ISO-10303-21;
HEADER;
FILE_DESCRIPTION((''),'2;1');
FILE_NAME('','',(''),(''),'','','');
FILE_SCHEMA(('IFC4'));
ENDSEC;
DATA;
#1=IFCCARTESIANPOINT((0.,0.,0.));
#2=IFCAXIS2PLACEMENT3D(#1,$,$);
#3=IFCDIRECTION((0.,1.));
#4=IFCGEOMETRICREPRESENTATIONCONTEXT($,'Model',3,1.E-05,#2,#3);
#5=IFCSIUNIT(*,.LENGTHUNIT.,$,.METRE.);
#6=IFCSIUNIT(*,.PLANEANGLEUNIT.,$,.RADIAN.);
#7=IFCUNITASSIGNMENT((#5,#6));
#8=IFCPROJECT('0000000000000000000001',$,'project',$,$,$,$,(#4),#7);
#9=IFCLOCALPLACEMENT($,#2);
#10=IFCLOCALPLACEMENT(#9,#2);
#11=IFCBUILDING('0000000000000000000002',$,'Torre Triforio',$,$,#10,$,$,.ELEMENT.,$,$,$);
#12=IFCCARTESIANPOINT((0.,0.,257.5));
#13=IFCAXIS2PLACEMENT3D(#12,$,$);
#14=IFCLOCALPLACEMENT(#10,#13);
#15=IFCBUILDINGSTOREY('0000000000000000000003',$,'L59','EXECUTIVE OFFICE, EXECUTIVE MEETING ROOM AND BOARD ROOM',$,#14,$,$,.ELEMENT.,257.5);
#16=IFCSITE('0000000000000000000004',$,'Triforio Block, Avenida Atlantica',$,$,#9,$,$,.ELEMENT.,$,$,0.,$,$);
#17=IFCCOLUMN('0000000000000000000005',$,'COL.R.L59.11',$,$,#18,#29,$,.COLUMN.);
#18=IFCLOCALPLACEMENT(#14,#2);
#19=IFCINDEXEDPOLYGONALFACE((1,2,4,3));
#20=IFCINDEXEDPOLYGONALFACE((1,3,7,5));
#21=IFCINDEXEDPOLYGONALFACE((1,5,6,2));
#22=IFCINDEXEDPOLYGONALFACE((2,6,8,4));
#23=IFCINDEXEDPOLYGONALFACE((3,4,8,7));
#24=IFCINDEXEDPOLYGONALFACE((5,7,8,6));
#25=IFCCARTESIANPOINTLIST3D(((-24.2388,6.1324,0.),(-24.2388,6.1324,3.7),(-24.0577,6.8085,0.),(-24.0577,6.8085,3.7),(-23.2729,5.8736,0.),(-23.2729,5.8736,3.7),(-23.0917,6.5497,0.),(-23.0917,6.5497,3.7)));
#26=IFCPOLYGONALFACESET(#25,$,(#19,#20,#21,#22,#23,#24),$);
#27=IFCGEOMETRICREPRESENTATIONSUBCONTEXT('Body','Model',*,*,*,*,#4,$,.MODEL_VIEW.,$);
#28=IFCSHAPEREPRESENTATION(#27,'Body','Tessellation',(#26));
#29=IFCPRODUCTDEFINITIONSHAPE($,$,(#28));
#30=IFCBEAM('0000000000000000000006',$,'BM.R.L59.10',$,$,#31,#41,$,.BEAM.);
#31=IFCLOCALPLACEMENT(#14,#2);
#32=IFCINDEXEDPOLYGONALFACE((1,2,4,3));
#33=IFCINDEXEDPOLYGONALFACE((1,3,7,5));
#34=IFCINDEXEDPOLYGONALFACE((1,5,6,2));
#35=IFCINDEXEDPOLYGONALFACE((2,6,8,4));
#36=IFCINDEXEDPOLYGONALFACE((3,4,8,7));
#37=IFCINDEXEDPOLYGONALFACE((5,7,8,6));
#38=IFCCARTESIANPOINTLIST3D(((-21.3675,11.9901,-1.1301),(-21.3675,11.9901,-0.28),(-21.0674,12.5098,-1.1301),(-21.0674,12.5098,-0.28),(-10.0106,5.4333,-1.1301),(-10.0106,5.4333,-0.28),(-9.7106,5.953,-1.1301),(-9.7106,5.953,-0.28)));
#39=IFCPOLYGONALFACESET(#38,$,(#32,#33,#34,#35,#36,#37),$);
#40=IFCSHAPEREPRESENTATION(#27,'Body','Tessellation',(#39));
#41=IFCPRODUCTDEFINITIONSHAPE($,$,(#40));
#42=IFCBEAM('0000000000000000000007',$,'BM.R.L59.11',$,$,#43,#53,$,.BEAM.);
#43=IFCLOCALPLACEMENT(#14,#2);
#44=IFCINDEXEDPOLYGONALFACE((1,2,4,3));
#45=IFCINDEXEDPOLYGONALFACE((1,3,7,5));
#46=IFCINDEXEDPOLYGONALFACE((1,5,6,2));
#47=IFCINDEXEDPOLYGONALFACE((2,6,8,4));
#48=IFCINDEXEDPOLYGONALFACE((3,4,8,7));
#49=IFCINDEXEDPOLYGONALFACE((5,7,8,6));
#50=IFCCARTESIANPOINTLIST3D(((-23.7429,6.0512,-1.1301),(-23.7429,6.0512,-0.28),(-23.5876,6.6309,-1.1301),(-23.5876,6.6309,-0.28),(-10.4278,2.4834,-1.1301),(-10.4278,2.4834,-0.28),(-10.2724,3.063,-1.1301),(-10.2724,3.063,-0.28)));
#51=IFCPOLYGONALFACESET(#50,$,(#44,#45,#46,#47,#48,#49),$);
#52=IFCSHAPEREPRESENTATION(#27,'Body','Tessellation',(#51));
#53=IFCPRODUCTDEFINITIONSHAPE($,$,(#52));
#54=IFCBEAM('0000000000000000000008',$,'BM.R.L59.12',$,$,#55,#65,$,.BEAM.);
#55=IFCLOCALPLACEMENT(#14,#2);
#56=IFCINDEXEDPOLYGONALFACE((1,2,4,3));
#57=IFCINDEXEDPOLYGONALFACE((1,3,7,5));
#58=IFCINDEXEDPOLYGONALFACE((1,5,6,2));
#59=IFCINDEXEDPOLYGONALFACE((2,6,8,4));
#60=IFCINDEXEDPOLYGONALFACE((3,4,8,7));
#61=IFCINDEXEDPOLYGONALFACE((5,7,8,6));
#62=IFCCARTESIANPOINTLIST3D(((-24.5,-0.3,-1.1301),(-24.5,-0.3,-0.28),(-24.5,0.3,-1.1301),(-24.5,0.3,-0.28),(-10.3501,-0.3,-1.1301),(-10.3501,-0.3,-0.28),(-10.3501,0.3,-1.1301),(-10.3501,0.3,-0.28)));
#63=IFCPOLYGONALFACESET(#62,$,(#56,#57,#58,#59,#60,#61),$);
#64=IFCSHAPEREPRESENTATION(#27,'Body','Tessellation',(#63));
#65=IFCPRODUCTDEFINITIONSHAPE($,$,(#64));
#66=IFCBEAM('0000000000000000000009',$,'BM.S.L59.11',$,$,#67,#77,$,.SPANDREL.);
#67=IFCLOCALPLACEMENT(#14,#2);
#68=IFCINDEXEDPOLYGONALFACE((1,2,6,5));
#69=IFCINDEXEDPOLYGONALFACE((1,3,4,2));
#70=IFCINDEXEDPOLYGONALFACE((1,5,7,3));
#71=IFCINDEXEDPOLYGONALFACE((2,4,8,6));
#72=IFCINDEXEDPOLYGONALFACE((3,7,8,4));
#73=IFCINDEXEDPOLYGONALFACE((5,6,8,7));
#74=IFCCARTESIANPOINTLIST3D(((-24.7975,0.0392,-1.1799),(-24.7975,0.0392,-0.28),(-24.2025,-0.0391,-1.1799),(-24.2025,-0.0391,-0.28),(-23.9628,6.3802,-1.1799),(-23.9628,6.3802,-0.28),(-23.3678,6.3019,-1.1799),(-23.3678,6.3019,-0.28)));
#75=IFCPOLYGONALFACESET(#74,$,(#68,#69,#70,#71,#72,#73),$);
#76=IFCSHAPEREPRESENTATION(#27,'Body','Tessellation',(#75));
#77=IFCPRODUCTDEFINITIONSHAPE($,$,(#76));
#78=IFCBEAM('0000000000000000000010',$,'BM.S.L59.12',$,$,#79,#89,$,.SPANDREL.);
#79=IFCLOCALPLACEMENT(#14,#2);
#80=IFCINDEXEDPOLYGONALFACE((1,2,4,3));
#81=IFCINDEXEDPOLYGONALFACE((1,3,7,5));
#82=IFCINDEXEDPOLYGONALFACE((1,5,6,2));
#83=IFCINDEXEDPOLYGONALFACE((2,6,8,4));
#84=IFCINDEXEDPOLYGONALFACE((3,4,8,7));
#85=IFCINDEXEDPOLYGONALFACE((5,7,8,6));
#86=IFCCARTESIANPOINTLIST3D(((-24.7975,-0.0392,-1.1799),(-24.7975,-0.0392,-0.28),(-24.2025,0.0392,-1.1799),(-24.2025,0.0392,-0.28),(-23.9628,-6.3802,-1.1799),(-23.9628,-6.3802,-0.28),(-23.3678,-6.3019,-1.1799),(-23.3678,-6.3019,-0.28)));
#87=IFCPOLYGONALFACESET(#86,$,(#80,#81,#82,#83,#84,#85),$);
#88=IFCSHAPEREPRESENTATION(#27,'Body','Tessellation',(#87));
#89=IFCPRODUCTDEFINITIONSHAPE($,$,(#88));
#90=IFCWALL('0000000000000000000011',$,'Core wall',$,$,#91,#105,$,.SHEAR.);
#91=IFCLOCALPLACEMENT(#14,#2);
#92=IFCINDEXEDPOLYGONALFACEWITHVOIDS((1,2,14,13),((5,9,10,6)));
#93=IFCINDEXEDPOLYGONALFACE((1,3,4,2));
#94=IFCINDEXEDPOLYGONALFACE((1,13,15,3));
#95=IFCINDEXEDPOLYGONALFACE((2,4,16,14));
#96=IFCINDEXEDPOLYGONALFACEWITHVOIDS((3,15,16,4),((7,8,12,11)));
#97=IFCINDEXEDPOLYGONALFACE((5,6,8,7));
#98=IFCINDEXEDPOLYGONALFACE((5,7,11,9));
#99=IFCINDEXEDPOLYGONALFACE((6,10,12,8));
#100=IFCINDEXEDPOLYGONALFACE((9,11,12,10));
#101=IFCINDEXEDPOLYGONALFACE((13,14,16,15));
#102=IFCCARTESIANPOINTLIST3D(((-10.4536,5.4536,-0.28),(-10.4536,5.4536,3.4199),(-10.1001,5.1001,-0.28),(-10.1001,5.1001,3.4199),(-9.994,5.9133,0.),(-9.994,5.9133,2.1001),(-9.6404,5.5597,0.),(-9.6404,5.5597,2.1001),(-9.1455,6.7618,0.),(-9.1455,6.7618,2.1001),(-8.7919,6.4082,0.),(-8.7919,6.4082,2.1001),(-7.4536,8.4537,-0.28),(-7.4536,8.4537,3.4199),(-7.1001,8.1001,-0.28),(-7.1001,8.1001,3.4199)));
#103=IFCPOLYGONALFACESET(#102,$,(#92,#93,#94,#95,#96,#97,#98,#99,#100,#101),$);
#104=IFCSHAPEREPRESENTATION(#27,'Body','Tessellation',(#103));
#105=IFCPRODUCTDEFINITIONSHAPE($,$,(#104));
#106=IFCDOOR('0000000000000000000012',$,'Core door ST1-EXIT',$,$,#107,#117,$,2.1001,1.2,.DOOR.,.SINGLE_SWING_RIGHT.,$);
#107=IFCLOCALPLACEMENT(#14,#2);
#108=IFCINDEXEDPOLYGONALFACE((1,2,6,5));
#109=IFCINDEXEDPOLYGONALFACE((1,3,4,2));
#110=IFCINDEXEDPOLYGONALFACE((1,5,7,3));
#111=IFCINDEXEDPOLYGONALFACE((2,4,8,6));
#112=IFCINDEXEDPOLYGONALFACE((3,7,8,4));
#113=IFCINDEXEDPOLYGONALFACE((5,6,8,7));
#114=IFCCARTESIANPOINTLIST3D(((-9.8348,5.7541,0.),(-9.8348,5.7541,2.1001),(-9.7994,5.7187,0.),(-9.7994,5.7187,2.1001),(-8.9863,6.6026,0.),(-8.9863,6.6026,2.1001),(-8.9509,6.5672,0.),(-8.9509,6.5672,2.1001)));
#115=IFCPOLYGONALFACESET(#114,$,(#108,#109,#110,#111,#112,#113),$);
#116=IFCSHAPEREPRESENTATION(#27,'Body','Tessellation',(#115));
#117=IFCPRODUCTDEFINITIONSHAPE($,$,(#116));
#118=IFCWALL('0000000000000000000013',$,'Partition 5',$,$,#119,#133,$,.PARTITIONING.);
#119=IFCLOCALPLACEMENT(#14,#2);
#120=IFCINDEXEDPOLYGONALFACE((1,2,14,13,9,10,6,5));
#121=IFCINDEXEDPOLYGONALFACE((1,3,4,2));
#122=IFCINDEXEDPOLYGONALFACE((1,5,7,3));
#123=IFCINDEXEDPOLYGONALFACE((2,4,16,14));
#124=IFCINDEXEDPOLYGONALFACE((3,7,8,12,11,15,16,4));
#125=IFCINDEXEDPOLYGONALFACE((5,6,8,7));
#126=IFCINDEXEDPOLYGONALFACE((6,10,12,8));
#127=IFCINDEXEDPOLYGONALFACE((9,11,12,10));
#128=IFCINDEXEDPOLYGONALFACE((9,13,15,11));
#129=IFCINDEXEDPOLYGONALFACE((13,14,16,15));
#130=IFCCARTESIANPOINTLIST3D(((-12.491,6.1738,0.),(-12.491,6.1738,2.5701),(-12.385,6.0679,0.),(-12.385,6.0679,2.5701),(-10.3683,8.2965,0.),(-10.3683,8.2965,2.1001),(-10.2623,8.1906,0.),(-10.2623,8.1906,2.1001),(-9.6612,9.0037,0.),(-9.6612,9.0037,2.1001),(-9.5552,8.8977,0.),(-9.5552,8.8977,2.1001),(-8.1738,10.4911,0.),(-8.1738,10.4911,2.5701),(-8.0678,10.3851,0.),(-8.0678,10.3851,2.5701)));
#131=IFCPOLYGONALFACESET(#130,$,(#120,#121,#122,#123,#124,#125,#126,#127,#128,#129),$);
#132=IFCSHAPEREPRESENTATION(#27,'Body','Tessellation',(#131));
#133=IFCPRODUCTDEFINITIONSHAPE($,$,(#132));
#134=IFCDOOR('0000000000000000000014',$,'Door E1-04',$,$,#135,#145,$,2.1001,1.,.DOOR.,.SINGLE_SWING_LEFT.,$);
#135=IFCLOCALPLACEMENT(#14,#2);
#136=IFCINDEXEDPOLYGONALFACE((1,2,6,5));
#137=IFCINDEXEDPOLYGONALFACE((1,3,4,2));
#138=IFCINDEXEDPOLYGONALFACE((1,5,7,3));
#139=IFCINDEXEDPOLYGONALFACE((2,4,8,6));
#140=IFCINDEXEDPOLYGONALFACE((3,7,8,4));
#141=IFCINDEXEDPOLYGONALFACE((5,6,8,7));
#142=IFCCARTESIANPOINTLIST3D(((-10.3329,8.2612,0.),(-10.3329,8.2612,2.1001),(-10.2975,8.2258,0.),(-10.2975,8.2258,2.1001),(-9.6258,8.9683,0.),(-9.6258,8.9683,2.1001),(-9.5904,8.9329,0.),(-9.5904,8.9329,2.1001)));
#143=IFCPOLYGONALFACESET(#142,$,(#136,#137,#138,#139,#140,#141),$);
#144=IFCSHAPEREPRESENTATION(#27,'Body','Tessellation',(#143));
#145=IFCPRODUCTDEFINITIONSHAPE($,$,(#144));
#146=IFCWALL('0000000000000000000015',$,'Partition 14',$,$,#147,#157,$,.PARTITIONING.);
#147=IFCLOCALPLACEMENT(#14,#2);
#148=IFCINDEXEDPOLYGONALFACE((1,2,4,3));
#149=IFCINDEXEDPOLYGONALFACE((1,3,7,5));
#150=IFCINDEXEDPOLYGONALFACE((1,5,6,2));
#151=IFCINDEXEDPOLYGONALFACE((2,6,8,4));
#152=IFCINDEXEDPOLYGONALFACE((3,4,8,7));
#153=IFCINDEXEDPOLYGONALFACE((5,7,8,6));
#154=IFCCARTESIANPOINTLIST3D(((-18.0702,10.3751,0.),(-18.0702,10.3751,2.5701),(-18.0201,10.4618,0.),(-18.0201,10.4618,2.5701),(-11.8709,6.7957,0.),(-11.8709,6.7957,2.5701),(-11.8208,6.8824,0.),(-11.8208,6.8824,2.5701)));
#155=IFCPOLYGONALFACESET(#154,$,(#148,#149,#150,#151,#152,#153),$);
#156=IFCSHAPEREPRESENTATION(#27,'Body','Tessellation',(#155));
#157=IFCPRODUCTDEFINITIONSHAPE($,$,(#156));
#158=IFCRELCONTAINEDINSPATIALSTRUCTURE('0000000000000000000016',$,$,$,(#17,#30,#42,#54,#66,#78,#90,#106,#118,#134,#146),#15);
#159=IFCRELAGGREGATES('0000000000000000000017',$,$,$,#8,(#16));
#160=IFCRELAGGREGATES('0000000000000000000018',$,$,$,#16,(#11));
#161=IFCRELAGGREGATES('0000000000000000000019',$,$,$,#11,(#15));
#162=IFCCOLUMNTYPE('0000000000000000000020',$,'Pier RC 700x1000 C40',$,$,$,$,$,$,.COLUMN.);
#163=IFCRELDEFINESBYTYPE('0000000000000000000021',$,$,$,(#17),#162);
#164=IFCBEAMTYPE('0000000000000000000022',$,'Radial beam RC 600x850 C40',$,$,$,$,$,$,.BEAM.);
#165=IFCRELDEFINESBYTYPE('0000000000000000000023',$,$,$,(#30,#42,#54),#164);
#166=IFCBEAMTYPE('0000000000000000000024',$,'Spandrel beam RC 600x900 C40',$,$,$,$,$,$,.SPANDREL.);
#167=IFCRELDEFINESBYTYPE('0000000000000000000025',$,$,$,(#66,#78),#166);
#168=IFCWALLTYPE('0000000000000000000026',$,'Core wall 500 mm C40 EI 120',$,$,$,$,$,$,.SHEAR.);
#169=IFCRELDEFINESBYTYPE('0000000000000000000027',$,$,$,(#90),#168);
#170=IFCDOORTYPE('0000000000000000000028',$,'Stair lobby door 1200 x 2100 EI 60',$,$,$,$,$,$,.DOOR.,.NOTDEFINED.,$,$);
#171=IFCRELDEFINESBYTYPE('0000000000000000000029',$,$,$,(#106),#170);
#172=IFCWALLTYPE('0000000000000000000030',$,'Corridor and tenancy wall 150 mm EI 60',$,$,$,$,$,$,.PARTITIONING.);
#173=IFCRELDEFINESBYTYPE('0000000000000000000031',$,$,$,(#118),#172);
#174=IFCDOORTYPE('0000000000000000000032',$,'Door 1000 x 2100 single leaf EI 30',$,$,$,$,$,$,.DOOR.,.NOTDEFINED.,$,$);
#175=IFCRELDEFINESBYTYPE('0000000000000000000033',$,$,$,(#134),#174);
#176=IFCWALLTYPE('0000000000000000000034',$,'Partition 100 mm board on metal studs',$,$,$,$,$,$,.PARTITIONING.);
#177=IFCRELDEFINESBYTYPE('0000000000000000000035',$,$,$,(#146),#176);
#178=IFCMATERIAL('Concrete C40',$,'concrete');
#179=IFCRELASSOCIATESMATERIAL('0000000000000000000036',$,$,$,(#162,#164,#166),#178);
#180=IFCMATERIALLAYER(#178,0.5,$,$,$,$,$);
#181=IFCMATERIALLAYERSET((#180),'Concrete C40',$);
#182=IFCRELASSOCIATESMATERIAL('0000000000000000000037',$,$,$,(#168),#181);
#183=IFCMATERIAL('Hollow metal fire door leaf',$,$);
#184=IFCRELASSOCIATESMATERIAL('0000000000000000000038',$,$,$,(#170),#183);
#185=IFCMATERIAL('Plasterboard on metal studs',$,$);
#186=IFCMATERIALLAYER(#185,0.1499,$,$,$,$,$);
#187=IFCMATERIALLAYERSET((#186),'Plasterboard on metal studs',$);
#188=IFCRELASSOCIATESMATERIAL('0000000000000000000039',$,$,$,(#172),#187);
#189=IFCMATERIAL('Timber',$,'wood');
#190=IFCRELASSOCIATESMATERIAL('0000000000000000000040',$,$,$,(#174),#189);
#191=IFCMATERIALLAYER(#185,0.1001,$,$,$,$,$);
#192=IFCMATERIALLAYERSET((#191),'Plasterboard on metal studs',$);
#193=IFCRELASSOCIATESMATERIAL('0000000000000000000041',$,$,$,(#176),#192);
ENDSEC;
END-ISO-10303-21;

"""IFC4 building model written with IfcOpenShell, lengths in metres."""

from ifc_helpers import new_model, si_unit, direction, frame, frame_2d, origin, origin_2d, place, context, subcontext, project, spatial, rectangle, extrude, material, layer, layer_set, material_profile, profile_set, type_object, element, fill, save


model = new_model("IFC4")

# Units and contexts
model_context = context("Model", 3, precision=1e-05, world=origin(), true_north=direction((0.0, 1.0)))
body_context = subcontext(model_context, "Body", "Model", "MODEL_VIEW")
ifc_project = project(units=[si_unit("LENGTHUNIT", "METRE"), si_unit("PLANEANGLEUNIT", "RADIAN")], contexts=[model_context])

# Site, building, storey
site_placement = place(None, origin())
site = spatial("IfcSite", under=ifc_project, at=site_placement, Name="Triforio Block, Avenida Atlantica", CompositionType="ELEMENT", RefElevation=0.0)
building_placement = place(site_placement, origin())
building = spatial("IfcBuilding", under=site, at=building_placement, Name="Torre Triforio", CompositionType="ELEMENT")
storey_placement = place(building_placement, frame((0.0, 0.0, 257.5)))
storey = spatial("IfcBuildingStorey", under=building, at=storey_placement, Name="L59", Description="EXECUTIVE OFFICE, EXECUTIVE MEETING ROOM AND BOARD ROOM", CompositionType="ELEMENT", Elevation=257.5)

# Column
ifc_material_1 = material(Name="Concrete C40", Category="concrete")
ifc_material_profile_1 = material_profile(ifc_material_1, rectangle(XDim=0.7, YDim=1.0, at=origin_2d()), Name="RC 700x1000")
ifc_profile_set_1 = profile_set([ifc_material_profile_1], Name="Concrete C40")
column_type = type_object("IfcColumnType", Name="Pier RC 700x1000 C40", PredefinedType="COLUMN", material=ifc_profile_set_1)
column_placement = place(storey_placement, frame((-23.6653, 6.3411, 0.0), z_axis=(0.0, 0.0, 1.0), x_axis=(-0.258819, -0.965926, 0.0)))
element("IfcColumn", 1, at=column_placement, inside=storey, type_object=column_type, Name="COL.R.L59.11", PredefinedType="COLUMN", context=body_context, shape_type="SweptSolid", body=[
    extrude(rectangle(XDim=0.7, YDim=1.0, at=origin_2d()), origin(), (0.0, 0.0, 1.0), 3.7),
])

# Beams
ifc_material_profile_2 = material_profile(ifc_material_1, rectangle(XDim=0.6001, YDim=0.8501, at=origin_2d()), Name="RC 600x850")
ifc_profile_set_2 = profile_set([ifc_material_profile_2], Name="Concrete C40")
beam_type_1 = type_object("IfcBeamType", Name="Radial beam RC 600x850 C40", PredefinedType="BEAM", material=ifc_profile_set_2)
beam_1_placement = place(storey_placement, frame((-9.8606, 5.6931, -0.7051), z_axis=(-0.866027, 0.499997, 0.0), x_axis=(-0.499997, -0.866027, 0.0)))
element("IfcBeam", 2, at=beam_1_placement, inside=storey, type_object=beam_type_1, Name="BM.R.L59.10", PredefinedType="BEAM", context=body_context, shape_type="SweptSolid", body=[
    extrude(rectangle(XDim=0.6001, YDim=0.8501, at=origin_2d()), origin(), (0.0, 0.0, 1.0), 13.1138),
])
beam_2_placement = place(storey_placement, frame((-10.3501, 2.7732, -0.7051), z_axis=(-0.965924, 0.258824, 0.0), x_axis=(-0.258824, -0.965924, 0.0)))
element("IfcBeam", 3, at=beam_2_placement, inside=storey, type_object=beam_type_1, Name="BM.R.L59.11", PredefinedType="BEAM", context=body_context, shape_type="SweptSolid", body=[
    extrude(rectangle(XDim=0.6001, YDim=0.8501, at=origin_2d()), origin(), (0.0, 0.0, 1.0), 13.7849),
])
beam_3_placement = place(storey_placement, frame((-10.3501, 0.0, -0.7051), z_axis=(-1.0, 0.0, 0.0), x_axis=(0.0, -1.0, 0.0)))
element("IfcBeam", 4, at=beam_3_placement, inside=storey, type_object=beam_type_1, Name="BM.R.L59.12", PredefinedType="BEAM", context=body_context, shape_type="SweptSolid", body=[
    extrude(rectangle(XDim=0.6001, YDim=0.8501, at=origin_2d()), origin(), (0.0, 0.0, 1.0), 14.1499),
])
ifc_material_profile_3 = material_profile(ifc_material_1, rectangle(XDim=0.6001, YDim=0.8999, at=origin_2d()), Name="RC 600x900")
ifc_profile_set_3 = profile_set([ifc_material_profile_3], Name="Concrete C40")
beam_type_2 = type_object("IfcBeamType", Name="Spandrel beam RC 600x900 C40", PredefinedType="SPANDREL", material=ifc_profile_set_3)
for number, where, z_axis, x_axis, name in (
    (5, (-23.6653, 6.3411, -0.73), (-0.130511, -0.991447, 0.0), (0.991447, -0.130511, 0.0), "BM.S.L59.11"),
    (6, (-24.5, 0.0, -0.73), (0.130511, -0.991447, 0.0), (0.991447, 0.130511, 0.0), "BM.S.L59.12"),
):
    element("IfcBeam", number, at=place(storey_placement, frame(where, z_axis=z_axis, x_axis=x_axis)), inside=storey, type_object=beam_type_2, Name=name, PredefinedType="SPANDREL", context=body_context, shape_type="SweptSolid", body=[
        extrude(rectangle(XDim=0.6001, YDim=0.8999, at=origin_2d()), origin(), (0.0, 0.0, 1.0), 6.3958),
    ])

# Walls, openings, doors
ifc_layer_1 = layer(ifc_material_1, 0.5)
ifc_layer_set_1 = layer_set([ifc_layer_1], Name="Concrete C40")
wall_type_1 = type_object("IfcWallType", Name="Core wall 500 mm C40 EI 120", PredefinedType="SHEAR", material=ifc_layer_set_1)
wall_1_placement = place(storey_placement, frame((-10.2769, 5.2769, -0.28), z_axis=(0.0, 0.0, 1.0), x_axis=(0.707107, 0.707107, 0.0)))
wall_1 = element("IfcWall", 7, at=wall_1_placement, inside=storey, type_object=wall_type_1, Name="Core wall", PredefinedType="SHEAR", context=body_context, shape_type="SweptSolid", body=[
    extrude(rectangle(XDim=4.2427, YDim=0.5, at=frame_2d((2.1213, 0.0))), origin(), (0.0, 0.0, 1.0), 3.7),
])
opening_1_placement = place(wall_1_placement, frame((0.6499, 0.0, 0.28)))
opening_1 = element("IfcOpeningElement", 8, at=opening_1_placement, cuts=wall_1, PredefinedType="OPENING", context=body_context, shape_type="SweptSolid", body=[
    extrude(rectangle(XDim=1.2, YDim=2.1001, at=frame_2d((0.6001, 1.05))), frame((0.0, 0.26, 0.0), z_axis=(0.0, -1.0, 0.0), x_axis=(1.0, 0.0, 0.0)), (0.0, 0.0, 1.0), 0.52),
])
ifc_material_2 = material(Name="Hollow metal fire door leaf")
door_type_1 = type_object("IfcDoorType", Name="Stair lobby door 1200 x 2100 EI 60", OperationType="NOTDEFINED", PredefinedType="DOOR", material=ifc_material_2)
door_1_placement = place(opening_1_placement, origin())
door_1 = element("IfcDoor", 9, at=door_1_placement, inside=storey, type_object=door_type_1, Name="Core door ST1-EXIT", OperationType="SINGLE_SWING_RIGHT", OverallHeight=2.1001, OverallWidth=1.2, PredefinedType="DOOR", context=body_context, shape_type="SweptSolid", body=[
    extrude(rectangle(XDim=1.2, YDim=2.1001, at=frame_2d((0.6001, 1.05))), frame((0.0, 0.0249, 0.0), z_axis=(0.0, -1.0, 0.0), x_axis=(1.0, 0.0, 0.0)), (0.0, 0.0, 1.0), 0.05),
])
fill(opening_1, door_1)
ifc_material_3 = material(Name="Plasterboard on metal studs")
ifc_layer_2 = layer(ifc_material_3, 0.1499)
ifc_layer_set_2 = layer_set([ifc_layer_2], Name="Plasterboard on metal studs")
wall_type_2 = type_object("IfcWallType", Name="Corridor and tenancy wall 150 mm EI 60", PredefinedType="PARTITIONING", material=ifc_layer_set_2)
wall_2_placement = place(storey_placement, frame((-12.438, 6.1208, 0.0), z_axis=(0.0, 0.0, 1.0), x_axis=(0.707107, 0.707107, 0.0)))
wall_2 = element("IfcWall", 10, at=wall_2_placement, inside=storey, type_object=wall_type_2, Name="Partition 5", PredefinedType="PARTITIONING", context=body_context, shape_type="SweptSolid", body=[
    extrude(rectangle(XDim=6.1055, YDim=0.1499, at=frame_2d((3.0527, 0.0))), origin(), (0.0, 0.0, 1.0), 2.5701),
])
opening_2_placement = place(wall_2_placement, frame((3.002, 0.0, 0.0)))
opening_2 = element("IfcOpeningElement", 11, at=opening_2_placement, cuts=wall_2, PredefinedType="OPENING", context=body_context, shape_type="SweptSolid", body=[
    extrude(rectangle(XDim=1.0, YDim=2.1001, at=frame_2d((0.5, 1.05))), frame((0.0, 0.085, 0.0), z_axis=(0.0, -1.0, 0.0), x_axis=(1.0, 0.0, 0.0)), (0.0, 0.0, 1.0), 0.1699),
])
ifc_material_4 = material(Name="Timber", Category="wood")
door_type_2 = type_object("IfcDoorType", Name="Door 1000 x 2100 single leaf EI 30", OperationType="NOTDEFINED", PredefinedType="DOOR", material=ifc_material_4)
door_2_placement = place(opening_2_placement, origin())
door_2 = element("IfcDoor", 12, at=door_2_placement, inside=storey, type_object=door_type_2, Name="Door E1-04", OperationType="SINGLE_SWING_LEFT", OverallHeight=2.1001, OverallWidth=1.0, PredefinedType="DOOR", context=body_context, shape_type="SweptSolid", body=[
    extrude(rectangle(XDim=1.0, YDim=2.1001, at=frame_2d((0.5, 1.05))), frame((0.0, 0.0249, 0.0), z_axis=(0.0, -1.0, 0.0), x_axis=(1.0, 0.0, 0.0)), (0.0, 0.0, 1.0), 0.05),
])
fill(opening_2, door_2)

# Wall
ifc_layer_3 = layer(ifc_material_3, 0.1001)
ifc_layer_set_3 = layer_set([ifc_layer_3], Name="Plasterboard on metal studs")
wall_type_3 = type_object("IfcWallType", Name="Partition 100 mm board on metal studs", PredefinedType="PARTITIONING", material=ifc_layer_set_3)
wall_3_placement = place(storey_placement, frame((-11.8459, 6.8391, 0.0), z_axis=(0.0, 0.0, 1.0), x_axis=(-0.866012, 0.500024, 0.0)))
element("IfcWall", 13, at=wall_3_placement, inside=storey, type_object=wall_type_3, Name="Partition 14", PredefinedType="PARTITIONING", context=body_context, shape_type="SweptSolid", body=[
    extrude(rectangle(XDim=7.1584, YDim=0.1001, at=frame_2d((3.5791, 0.0))), origin(), (0.0, 0.0, 1.0), 2.5701),
])

save(model, "model.ifc")
